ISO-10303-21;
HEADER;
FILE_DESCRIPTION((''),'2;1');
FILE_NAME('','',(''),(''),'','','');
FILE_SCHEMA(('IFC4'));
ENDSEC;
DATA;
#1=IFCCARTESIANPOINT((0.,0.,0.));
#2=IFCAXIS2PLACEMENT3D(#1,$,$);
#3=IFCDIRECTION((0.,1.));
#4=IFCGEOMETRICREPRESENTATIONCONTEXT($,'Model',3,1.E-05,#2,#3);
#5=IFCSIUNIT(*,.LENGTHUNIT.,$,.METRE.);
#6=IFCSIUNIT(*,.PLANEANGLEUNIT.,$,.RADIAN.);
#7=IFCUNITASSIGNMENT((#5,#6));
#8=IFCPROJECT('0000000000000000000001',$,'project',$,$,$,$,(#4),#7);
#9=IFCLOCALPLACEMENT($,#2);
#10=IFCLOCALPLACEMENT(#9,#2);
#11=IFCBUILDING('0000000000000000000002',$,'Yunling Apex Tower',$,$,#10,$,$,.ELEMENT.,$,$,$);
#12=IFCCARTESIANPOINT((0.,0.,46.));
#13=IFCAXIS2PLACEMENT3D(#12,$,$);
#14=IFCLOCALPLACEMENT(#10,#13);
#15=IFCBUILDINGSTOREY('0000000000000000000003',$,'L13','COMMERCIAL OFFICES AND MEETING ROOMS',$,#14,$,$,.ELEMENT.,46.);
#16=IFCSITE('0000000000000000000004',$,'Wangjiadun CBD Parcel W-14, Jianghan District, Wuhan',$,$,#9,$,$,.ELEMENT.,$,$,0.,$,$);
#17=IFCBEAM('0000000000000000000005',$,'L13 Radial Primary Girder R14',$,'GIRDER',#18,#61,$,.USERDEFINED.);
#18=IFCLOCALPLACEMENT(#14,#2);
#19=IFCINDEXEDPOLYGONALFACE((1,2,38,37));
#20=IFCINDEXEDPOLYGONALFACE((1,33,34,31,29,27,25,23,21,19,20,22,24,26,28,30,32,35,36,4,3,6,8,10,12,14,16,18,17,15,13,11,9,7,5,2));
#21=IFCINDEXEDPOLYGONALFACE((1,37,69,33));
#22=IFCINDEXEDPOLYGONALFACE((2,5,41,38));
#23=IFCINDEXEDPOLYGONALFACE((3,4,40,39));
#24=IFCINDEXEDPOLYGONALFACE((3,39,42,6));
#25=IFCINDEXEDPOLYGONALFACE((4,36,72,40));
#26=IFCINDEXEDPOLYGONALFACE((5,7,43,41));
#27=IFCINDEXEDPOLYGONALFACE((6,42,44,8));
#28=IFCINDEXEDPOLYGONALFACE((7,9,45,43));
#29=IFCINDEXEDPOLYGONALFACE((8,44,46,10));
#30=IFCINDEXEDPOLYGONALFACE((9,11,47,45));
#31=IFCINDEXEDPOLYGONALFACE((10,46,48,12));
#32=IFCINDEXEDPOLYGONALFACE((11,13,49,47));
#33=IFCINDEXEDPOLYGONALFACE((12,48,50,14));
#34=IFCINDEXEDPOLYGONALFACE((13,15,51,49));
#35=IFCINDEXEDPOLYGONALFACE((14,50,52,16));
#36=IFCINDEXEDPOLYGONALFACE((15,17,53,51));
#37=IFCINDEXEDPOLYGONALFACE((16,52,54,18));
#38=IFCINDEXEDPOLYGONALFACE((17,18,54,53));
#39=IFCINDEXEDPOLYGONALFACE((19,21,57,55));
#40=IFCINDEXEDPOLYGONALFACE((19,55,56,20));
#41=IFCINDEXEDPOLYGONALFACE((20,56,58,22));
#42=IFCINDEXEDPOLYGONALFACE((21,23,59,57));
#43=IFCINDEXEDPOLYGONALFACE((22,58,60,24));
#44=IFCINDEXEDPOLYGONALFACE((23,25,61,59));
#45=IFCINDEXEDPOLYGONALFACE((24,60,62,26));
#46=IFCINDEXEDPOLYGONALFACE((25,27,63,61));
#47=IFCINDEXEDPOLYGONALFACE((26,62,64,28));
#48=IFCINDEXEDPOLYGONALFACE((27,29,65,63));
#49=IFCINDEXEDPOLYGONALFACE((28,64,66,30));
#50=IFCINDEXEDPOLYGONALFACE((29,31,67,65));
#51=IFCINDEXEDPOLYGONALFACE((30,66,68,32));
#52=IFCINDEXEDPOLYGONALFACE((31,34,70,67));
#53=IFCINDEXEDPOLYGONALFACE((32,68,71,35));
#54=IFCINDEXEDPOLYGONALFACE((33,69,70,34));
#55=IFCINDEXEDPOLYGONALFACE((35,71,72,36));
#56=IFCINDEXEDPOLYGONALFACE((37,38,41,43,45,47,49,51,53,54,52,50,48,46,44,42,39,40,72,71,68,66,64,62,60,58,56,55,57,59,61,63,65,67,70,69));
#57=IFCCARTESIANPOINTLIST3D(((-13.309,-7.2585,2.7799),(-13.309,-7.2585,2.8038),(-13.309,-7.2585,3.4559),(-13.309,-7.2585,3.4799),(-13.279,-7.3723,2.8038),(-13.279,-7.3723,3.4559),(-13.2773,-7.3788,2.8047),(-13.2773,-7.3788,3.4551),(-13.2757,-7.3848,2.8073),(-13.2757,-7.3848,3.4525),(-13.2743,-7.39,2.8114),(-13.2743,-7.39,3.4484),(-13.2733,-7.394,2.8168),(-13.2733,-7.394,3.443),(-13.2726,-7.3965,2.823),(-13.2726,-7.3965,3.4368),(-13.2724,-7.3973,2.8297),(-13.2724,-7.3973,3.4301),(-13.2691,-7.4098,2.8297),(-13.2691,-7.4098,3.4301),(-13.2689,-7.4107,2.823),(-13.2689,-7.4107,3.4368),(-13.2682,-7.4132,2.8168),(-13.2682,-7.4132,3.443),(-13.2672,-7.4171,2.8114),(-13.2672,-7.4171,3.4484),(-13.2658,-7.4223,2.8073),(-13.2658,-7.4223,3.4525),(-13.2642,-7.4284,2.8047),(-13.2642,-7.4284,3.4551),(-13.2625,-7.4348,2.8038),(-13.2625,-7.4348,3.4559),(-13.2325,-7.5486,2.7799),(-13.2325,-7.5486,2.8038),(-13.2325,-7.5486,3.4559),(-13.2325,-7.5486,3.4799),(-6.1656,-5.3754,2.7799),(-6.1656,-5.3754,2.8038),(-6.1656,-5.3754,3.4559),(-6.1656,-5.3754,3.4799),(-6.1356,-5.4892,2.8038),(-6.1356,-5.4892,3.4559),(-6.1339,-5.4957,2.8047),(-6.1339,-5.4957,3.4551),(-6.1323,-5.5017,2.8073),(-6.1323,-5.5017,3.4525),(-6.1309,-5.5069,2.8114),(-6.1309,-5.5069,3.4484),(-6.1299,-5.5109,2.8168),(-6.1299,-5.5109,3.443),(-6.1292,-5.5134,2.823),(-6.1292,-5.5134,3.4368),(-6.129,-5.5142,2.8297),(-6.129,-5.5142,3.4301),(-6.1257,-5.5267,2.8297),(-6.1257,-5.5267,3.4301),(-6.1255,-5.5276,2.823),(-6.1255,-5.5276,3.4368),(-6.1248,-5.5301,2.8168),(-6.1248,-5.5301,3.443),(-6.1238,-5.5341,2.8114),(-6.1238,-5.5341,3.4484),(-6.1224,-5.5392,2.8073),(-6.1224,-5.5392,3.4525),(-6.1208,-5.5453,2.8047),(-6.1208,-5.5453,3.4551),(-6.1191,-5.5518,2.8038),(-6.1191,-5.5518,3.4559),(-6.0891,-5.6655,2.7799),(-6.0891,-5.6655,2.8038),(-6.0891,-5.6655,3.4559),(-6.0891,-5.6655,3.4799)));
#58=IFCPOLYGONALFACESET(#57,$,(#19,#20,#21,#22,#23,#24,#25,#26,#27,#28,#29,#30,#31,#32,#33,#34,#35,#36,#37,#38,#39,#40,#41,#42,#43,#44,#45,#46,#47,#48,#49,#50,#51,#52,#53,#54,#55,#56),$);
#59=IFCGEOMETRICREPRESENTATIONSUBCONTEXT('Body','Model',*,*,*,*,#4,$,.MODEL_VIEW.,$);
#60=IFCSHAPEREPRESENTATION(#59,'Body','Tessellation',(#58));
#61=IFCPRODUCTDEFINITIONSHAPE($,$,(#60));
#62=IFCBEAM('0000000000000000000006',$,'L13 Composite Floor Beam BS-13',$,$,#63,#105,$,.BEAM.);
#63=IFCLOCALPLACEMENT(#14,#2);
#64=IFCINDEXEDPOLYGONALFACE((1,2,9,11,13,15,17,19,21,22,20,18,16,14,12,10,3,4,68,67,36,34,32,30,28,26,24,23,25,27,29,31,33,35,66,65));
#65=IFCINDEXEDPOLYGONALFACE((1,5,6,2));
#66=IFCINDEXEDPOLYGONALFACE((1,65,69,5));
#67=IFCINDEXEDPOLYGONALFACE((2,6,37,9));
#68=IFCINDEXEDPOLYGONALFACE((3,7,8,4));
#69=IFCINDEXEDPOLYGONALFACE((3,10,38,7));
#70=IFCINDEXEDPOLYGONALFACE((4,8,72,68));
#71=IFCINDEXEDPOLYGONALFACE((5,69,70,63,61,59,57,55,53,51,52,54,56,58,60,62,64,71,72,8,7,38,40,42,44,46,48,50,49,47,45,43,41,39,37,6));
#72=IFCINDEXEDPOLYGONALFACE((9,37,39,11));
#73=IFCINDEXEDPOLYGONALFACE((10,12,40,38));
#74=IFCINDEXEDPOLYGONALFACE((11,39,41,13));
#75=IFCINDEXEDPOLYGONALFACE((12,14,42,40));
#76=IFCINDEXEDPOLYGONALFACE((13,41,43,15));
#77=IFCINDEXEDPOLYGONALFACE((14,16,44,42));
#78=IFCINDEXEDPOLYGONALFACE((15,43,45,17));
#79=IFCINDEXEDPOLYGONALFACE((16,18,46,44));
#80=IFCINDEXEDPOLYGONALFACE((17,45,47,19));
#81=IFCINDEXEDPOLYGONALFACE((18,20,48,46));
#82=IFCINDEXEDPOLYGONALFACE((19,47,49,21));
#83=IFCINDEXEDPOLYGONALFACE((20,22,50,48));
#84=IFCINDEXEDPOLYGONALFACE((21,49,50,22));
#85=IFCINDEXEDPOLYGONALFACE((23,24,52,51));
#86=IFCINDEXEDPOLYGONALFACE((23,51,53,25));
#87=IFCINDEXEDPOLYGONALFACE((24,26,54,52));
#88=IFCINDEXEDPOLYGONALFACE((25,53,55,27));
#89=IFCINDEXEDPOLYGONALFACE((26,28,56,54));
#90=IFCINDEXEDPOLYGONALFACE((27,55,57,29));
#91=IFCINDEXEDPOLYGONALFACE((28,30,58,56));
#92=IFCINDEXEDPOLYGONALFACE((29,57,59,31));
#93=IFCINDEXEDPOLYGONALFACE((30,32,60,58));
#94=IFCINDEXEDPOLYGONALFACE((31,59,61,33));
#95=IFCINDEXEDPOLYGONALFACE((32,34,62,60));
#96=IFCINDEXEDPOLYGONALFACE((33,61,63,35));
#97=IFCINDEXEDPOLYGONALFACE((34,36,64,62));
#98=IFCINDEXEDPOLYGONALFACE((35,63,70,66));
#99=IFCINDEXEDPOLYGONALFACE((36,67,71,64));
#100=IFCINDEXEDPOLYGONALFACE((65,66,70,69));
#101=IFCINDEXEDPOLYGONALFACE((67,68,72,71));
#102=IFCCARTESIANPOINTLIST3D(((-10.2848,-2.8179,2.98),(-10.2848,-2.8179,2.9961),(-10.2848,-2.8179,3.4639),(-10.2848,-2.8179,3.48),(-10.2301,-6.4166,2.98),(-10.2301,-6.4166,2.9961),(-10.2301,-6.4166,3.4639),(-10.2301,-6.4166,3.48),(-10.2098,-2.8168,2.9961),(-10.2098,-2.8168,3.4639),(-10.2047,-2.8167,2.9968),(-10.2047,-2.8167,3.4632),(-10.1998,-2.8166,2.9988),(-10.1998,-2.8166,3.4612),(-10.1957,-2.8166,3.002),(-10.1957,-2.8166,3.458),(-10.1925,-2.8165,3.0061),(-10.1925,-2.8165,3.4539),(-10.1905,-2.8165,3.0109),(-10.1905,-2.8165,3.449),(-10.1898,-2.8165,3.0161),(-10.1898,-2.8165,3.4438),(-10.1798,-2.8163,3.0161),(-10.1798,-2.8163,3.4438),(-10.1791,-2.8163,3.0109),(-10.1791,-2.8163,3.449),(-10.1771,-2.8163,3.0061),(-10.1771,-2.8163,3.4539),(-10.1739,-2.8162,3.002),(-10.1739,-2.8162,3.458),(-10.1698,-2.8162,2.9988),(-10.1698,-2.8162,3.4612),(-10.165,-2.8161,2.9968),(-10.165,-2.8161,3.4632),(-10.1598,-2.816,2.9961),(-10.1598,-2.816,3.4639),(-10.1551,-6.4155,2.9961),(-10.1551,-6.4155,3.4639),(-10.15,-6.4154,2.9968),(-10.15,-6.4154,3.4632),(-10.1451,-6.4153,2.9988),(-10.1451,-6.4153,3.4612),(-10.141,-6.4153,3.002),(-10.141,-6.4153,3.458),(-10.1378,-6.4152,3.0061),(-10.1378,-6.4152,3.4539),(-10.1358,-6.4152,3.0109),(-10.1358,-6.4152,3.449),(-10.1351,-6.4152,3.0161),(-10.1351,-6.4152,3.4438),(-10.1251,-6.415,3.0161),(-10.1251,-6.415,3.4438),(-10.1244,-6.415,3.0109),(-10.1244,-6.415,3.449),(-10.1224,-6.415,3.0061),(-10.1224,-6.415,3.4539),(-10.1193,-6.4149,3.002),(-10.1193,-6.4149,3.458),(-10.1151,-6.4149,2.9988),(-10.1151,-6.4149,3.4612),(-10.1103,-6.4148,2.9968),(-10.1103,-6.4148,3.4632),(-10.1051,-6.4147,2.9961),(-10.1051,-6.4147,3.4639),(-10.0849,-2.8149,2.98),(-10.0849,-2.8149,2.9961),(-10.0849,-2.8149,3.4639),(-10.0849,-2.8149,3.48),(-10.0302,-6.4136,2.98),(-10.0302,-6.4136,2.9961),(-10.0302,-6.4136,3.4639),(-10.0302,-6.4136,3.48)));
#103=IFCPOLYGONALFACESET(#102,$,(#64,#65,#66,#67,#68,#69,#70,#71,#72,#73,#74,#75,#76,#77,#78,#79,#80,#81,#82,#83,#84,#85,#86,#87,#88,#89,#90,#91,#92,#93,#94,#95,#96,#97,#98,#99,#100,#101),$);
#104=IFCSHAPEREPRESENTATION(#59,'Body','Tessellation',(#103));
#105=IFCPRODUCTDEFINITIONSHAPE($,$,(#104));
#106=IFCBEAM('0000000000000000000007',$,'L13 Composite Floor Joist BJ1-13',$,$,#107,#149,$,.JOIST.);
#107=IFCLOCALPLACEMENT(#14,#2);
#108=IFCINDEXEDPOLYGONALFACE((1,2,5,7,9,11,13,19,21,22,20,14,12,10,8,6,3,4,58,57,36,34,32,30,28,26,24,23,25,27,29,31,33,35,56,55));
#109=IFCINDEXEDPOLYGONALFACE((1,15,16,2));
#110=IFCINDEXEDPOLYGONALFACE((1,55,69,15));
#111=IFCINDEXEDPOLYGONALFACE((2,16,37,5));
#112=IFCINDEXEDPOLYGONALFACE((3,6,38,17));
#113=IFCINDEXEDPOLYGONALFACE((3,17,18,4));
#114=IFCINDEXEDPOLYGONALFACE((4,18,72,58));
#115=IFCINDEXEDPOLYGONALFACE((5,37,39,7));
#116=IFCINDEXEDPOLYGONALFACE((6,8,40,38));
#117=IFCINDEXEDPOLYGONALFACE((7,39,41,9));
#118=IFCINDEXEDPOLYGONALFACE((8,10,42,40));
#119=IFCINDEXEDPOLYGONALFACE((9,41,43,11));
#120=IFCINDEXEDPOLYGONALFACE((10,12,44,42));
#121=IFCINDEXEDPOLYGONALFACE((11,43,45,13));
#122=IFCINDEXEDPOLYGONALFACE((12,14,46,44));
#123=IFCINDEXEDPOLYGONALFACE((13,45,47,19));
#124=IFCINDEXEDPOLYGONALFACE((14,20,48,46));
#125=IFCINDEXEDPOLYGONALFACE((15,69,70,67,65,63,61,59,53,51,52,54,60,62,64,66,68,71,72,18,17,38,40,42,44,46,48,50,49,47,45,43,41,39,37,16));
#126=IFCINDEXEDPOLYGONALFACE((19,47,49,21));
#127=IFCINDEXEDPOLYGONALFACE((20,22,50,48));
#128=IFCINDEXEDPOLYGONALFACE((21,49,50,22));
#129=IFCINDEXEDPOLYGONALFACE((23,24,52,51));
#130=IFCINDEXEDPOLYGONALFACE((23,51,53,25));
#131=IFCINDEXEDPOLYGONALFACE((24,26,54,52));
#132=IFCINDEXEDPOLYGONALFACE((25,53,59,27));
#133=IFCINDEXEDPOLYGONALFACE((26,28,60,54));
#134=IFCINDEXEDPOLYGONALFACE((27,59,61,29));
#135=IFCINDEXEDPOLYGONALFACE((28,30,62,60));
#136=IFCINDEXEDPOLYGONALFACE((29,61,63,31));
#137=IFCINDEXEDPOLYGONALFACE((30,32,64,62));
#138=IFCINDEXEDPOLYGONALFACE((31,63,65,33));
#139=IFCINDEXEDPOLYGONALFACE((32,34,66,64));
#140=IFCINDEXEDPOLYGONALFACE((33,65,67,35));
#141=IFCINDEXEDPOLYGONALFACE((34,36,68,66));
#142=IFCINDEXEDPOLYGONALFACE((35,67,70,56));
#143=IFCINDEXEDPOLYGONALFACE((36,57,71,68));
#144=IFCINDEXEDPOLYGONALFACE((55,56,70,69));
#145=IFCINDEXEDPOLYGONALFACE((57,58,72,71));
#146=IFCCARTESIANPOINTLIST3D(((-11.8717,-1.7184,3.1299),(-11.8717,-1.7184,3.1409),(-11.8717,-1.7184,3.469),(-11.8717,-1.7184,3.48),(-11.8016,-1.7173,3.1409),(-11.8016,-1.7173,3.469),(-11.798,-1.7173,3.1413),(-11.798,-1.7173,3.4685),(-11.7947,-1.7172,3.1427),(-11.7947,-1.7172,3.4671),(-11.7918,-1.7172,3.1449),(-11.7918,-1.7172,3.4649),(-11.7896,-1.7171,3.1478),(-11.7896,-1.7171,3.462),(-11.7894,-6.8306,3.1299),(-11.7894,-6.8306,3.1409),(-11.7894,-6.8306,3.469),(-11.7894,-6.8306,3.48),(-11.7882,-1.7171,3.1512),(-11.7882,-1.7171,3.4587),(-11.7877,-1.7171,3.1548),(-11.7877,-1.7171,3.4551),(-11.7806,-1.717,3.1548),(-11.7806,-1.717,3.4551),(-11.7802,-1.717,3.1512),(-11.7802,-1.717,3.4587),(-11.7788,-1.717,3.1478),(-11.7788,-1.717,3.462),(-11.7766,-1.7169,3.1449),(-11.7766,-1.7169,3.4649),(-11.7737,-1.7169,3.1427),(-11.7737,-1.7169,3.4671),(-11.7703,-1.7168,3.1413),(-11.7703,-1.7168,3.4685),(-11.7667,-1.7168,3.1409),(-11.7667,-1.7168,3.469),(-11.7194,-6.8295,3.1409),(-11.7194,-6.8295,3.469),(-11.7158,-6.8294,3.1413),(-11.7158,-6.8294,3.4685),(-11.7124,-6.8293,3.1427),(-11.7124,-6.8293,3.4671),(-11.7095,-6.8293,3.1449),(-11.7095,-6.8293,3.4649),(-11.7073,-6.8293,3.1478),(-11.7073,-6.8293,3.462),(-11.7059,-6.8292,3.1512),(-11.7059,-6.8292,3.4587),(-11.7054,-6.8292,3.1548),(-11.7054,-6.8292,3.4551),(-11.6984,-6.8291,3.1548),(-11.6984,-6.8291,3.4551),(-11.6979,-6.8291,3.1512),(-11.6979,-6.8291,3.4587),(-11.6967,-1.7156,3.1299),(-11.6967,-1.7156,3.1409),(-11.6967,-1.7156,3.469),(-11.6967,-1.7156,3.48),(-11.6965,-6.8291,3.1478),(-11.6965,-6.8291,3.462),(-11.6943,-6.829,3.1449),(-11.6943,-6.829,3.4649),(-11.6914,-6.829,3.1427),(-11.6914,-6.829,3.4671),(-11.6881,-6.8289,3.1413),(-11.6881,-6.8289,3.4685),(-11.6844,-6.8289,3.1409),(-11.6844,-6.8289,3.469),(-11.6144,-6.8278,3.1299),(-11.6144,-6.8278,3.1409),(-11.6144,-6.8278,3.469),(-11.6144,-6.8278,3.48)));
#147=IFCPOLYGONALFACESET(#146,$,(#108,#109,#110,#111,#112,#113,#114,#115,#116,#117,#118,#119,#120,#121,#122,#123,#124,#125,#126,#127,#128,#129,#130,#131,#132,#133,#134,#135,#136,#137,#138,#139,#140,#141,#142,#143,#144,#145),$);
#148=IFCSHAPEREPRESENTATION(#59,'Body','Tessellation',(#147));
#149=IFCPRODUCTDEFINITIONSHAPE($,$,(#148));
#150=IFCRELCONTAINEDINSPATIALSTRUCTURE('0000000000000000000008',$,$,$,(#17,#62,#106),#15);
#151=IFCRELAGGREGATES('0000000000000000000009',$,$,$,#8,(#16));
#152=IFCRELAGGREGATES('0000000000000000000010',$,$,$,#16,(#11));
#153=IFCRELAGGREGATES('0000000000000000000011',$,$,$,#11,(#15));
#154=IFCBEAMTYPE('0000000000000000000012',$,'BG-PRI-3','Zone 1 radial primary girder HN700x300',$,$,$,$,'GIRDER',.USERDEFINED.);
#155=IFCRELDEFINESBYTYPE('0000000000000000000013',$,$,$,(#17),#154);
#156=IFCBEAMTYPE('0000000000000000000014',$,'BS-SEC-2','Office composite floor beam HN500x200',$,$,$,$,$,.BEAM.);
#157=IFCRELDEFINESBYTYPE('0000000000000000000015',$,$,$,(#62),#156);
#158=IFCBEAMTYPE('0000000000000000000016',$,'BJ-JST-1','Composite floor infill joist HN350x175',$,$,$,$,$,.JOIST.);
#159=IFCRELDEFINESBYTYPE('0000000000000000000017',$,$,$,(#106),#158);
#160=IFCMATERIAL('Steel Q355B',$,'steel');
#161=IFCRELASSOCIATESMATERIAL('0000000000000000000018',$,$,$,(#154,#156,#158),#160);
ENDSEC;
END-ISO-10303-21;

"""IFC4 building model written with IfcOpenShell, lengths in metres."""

from ifc_helpers import new_model, si_unit, direction, frame, origin, origin_2d, place, context, subcontext, project, spatial, i_section, extrude, source, transform, mapped, material, material_profile, profile_set, type_object, element, save


model = new_model("IFC4")

# Units and contexts
model_context = context("Model", 3, precision=1e-05, world=origin(), true_north=direction((0.0, 1.0)))
body_context = subcontext(model_context, "Body", "Model", "MODEL_VIEW")
ifc_project = project(units=[si_unit("LENGTHUNIT", "METRE"), si_unit("PLANEANGLEUNIT", "RADIAN")], contexts=[model_context])

# Site, building, storey
site_placement = place(None, origin())
site = spatial("IfcSite", under=ifc_project, at=site_placement, Name="Wangjiadun CBD Parcel W-14, Jianghan District, Wuhan", CompositionType="ELEMENT", RefElevation=0.0)
building_placement = place(site_placement, origin())
building = spatial("IfcBuilding", under=site, at=building_placement, Name="Yunling Apex Tower", CompositionType="ELEMENT")
storey_placement = place(building_placement, frame((0.0, 0.0, 46.0)))
storey = spatial("IfcBuildingStorey", under=building, at=storey_placement, Name="L13", Description="COMMERCIAL OFFICES AND MEETING ROOMS", CompositionType="ELEMENT", Elevation=46.0)

# Beams
ifc_material_1 = material(Name="Steel Q355B", Category="steel")
ifc_material_profile_1 = material_profile(ifc_material_1, i_section(OverallWidth=0.3, OverallDepth=0.7, WebThickness=0.0129, FlangeThickness=0.0239, FilletRadius=0.0259, at=origin_2d()))
ifc_profile_set_1 = profile_set([ifc_material_profile_1], Name="Steel Q355B")
beam_type_1 = type_object("IfcBeamType", Name="BG-PRI-3", Description="Zone 1 radial primary girder HN700x300", ElementType="GIRDER", PredefinedType="USERDEFINED", material=ifc_profile_set_1)
shared_shape_1 = source(origin(), body_context, "Body", "SweptSolid", [
    extrude(i_section(OverallWidth=0.3, OverallDepth=0.7, WebThickness=0.0129, FlangeThickness=0.0239, FilletRadius=0.0259, at=origin_2d()), origin(), (0.0, 0.0, 1.0), 7.3875),
])
beam_1_placement = place(storey_placement, frame((-13.2708, -7.4036, 3.1299), z_axis=(0.966967, 0.254903, 0.0), x_axis=(-0.254903, 0.966967, 0.0)))
element("IfcBeam", 1, at=beam_1_placement, inside=storey, type_object=beam_type_1, Name="L13 Radial Primary Girder R14", ObjectType="GIRDER", PredefinedType="USERDEFINED", context=body_context, shape_type="MappedRepresentation", body=[
    mapped(shared_shape_1, transform((0.0, 0.0, 0.0), scale=1.0)),
])
ifc_material_profile_2 = material_profile(ifc_material_1, i_section(OverallWidth=0.2, OverallDepth=0.5, WebThickness=0.01, FlangeThickness=0.0161, FilletRadius=0.02, at=origin_2d()))
ifc_profile_set_2 = profile_set([ifc_material_profile_2], Name="Steel Q355B")
beam_type_2 = type_object("IfcBeamType", Name="BS-SEC-2", Description="Office composite floor beam HN500x200", PredefinedType="BEAM", material=ifc_profile_set_2)
shared_shape_2 = source(origin(), body_context, "Body", "SweptSolid", [
    extrude(i_section(OverallWidth=0.2, OverallDepth=0.5, WebThickness=0.01, FlangeThickness=0.0161, FilletRadius=0.02, at=origin_2d()), origin(), (0.0, 0.0, 1.0), 3.5991),
])
beam_2_placement = place(storey_placement, frame((-10.1848, -2.8164, 3.23), z_axis=(0.015195, -0.999885, 0.0), x_axis=(0.999885, 0.015195, 0.0)))
element("IfcBeam", 2, at=beam_2_placement, inside=storey, type_object=beam_type_2, Name="L13 Composite Floor Beam BS-13", PredefinedType="BEAM", context=body_context, shape_type="MappedRepresentation", body=[
    mapped(shared_shape_2, transform((0.0, 0.0, 0.0), scale=1.0)),
])
ifc_material_profile_3 = material_profile(ifc_material_1, i_section(OverallWidth=0.175, OverallDepth=0.3501, WebThickness=0.0071, FlangeThickness=0.011, FilletRadius=0.0139, at=origin_2d()))
ifc_profile_set_3 = profile_set([ifc_material_profile_3], Name="Steel Q355B")
beam_type_3 = type_object("IfcBeamType", Name="BJ-JST-1", Description="Composite floor infill joist HN350x175", PredefinedType="JOIST", material=ifc_profile_set_3)
shared_shape_3 = source(origin(), body_context, "Body", "SweptSolid", [
    extrude(i_section(OverallWidth=0.175, OverallDepth=0.3501, WebThickness=0.0071, FlangeThickness=0.011, FilletRadius=0.0139, at=origin_2d()), origin(), (0.0, 0.0, 1.0), 5.1128),
])
beam_3_placement = place(storey_placement, frame((-11.7842, -1.717, 3.3049), z_axis=(0.016092, -0.999871, 0.0), x_axis=(0.999871, 0.016092, 0.0)))
element("IfcBeam", 3, at=beam_3_placement, inside=storey, type_object=beam_type_3, Name="L13 Composite Floor Joist BJ1-13", PredefinedType="JOIST", context=body_context, shape_type="MappedRepresentation", body=[
    mapped(shared_shape_3, transform((0.0, 0.0, 0.0), scale=1.0)),
])

save(model, "model.ifc")
